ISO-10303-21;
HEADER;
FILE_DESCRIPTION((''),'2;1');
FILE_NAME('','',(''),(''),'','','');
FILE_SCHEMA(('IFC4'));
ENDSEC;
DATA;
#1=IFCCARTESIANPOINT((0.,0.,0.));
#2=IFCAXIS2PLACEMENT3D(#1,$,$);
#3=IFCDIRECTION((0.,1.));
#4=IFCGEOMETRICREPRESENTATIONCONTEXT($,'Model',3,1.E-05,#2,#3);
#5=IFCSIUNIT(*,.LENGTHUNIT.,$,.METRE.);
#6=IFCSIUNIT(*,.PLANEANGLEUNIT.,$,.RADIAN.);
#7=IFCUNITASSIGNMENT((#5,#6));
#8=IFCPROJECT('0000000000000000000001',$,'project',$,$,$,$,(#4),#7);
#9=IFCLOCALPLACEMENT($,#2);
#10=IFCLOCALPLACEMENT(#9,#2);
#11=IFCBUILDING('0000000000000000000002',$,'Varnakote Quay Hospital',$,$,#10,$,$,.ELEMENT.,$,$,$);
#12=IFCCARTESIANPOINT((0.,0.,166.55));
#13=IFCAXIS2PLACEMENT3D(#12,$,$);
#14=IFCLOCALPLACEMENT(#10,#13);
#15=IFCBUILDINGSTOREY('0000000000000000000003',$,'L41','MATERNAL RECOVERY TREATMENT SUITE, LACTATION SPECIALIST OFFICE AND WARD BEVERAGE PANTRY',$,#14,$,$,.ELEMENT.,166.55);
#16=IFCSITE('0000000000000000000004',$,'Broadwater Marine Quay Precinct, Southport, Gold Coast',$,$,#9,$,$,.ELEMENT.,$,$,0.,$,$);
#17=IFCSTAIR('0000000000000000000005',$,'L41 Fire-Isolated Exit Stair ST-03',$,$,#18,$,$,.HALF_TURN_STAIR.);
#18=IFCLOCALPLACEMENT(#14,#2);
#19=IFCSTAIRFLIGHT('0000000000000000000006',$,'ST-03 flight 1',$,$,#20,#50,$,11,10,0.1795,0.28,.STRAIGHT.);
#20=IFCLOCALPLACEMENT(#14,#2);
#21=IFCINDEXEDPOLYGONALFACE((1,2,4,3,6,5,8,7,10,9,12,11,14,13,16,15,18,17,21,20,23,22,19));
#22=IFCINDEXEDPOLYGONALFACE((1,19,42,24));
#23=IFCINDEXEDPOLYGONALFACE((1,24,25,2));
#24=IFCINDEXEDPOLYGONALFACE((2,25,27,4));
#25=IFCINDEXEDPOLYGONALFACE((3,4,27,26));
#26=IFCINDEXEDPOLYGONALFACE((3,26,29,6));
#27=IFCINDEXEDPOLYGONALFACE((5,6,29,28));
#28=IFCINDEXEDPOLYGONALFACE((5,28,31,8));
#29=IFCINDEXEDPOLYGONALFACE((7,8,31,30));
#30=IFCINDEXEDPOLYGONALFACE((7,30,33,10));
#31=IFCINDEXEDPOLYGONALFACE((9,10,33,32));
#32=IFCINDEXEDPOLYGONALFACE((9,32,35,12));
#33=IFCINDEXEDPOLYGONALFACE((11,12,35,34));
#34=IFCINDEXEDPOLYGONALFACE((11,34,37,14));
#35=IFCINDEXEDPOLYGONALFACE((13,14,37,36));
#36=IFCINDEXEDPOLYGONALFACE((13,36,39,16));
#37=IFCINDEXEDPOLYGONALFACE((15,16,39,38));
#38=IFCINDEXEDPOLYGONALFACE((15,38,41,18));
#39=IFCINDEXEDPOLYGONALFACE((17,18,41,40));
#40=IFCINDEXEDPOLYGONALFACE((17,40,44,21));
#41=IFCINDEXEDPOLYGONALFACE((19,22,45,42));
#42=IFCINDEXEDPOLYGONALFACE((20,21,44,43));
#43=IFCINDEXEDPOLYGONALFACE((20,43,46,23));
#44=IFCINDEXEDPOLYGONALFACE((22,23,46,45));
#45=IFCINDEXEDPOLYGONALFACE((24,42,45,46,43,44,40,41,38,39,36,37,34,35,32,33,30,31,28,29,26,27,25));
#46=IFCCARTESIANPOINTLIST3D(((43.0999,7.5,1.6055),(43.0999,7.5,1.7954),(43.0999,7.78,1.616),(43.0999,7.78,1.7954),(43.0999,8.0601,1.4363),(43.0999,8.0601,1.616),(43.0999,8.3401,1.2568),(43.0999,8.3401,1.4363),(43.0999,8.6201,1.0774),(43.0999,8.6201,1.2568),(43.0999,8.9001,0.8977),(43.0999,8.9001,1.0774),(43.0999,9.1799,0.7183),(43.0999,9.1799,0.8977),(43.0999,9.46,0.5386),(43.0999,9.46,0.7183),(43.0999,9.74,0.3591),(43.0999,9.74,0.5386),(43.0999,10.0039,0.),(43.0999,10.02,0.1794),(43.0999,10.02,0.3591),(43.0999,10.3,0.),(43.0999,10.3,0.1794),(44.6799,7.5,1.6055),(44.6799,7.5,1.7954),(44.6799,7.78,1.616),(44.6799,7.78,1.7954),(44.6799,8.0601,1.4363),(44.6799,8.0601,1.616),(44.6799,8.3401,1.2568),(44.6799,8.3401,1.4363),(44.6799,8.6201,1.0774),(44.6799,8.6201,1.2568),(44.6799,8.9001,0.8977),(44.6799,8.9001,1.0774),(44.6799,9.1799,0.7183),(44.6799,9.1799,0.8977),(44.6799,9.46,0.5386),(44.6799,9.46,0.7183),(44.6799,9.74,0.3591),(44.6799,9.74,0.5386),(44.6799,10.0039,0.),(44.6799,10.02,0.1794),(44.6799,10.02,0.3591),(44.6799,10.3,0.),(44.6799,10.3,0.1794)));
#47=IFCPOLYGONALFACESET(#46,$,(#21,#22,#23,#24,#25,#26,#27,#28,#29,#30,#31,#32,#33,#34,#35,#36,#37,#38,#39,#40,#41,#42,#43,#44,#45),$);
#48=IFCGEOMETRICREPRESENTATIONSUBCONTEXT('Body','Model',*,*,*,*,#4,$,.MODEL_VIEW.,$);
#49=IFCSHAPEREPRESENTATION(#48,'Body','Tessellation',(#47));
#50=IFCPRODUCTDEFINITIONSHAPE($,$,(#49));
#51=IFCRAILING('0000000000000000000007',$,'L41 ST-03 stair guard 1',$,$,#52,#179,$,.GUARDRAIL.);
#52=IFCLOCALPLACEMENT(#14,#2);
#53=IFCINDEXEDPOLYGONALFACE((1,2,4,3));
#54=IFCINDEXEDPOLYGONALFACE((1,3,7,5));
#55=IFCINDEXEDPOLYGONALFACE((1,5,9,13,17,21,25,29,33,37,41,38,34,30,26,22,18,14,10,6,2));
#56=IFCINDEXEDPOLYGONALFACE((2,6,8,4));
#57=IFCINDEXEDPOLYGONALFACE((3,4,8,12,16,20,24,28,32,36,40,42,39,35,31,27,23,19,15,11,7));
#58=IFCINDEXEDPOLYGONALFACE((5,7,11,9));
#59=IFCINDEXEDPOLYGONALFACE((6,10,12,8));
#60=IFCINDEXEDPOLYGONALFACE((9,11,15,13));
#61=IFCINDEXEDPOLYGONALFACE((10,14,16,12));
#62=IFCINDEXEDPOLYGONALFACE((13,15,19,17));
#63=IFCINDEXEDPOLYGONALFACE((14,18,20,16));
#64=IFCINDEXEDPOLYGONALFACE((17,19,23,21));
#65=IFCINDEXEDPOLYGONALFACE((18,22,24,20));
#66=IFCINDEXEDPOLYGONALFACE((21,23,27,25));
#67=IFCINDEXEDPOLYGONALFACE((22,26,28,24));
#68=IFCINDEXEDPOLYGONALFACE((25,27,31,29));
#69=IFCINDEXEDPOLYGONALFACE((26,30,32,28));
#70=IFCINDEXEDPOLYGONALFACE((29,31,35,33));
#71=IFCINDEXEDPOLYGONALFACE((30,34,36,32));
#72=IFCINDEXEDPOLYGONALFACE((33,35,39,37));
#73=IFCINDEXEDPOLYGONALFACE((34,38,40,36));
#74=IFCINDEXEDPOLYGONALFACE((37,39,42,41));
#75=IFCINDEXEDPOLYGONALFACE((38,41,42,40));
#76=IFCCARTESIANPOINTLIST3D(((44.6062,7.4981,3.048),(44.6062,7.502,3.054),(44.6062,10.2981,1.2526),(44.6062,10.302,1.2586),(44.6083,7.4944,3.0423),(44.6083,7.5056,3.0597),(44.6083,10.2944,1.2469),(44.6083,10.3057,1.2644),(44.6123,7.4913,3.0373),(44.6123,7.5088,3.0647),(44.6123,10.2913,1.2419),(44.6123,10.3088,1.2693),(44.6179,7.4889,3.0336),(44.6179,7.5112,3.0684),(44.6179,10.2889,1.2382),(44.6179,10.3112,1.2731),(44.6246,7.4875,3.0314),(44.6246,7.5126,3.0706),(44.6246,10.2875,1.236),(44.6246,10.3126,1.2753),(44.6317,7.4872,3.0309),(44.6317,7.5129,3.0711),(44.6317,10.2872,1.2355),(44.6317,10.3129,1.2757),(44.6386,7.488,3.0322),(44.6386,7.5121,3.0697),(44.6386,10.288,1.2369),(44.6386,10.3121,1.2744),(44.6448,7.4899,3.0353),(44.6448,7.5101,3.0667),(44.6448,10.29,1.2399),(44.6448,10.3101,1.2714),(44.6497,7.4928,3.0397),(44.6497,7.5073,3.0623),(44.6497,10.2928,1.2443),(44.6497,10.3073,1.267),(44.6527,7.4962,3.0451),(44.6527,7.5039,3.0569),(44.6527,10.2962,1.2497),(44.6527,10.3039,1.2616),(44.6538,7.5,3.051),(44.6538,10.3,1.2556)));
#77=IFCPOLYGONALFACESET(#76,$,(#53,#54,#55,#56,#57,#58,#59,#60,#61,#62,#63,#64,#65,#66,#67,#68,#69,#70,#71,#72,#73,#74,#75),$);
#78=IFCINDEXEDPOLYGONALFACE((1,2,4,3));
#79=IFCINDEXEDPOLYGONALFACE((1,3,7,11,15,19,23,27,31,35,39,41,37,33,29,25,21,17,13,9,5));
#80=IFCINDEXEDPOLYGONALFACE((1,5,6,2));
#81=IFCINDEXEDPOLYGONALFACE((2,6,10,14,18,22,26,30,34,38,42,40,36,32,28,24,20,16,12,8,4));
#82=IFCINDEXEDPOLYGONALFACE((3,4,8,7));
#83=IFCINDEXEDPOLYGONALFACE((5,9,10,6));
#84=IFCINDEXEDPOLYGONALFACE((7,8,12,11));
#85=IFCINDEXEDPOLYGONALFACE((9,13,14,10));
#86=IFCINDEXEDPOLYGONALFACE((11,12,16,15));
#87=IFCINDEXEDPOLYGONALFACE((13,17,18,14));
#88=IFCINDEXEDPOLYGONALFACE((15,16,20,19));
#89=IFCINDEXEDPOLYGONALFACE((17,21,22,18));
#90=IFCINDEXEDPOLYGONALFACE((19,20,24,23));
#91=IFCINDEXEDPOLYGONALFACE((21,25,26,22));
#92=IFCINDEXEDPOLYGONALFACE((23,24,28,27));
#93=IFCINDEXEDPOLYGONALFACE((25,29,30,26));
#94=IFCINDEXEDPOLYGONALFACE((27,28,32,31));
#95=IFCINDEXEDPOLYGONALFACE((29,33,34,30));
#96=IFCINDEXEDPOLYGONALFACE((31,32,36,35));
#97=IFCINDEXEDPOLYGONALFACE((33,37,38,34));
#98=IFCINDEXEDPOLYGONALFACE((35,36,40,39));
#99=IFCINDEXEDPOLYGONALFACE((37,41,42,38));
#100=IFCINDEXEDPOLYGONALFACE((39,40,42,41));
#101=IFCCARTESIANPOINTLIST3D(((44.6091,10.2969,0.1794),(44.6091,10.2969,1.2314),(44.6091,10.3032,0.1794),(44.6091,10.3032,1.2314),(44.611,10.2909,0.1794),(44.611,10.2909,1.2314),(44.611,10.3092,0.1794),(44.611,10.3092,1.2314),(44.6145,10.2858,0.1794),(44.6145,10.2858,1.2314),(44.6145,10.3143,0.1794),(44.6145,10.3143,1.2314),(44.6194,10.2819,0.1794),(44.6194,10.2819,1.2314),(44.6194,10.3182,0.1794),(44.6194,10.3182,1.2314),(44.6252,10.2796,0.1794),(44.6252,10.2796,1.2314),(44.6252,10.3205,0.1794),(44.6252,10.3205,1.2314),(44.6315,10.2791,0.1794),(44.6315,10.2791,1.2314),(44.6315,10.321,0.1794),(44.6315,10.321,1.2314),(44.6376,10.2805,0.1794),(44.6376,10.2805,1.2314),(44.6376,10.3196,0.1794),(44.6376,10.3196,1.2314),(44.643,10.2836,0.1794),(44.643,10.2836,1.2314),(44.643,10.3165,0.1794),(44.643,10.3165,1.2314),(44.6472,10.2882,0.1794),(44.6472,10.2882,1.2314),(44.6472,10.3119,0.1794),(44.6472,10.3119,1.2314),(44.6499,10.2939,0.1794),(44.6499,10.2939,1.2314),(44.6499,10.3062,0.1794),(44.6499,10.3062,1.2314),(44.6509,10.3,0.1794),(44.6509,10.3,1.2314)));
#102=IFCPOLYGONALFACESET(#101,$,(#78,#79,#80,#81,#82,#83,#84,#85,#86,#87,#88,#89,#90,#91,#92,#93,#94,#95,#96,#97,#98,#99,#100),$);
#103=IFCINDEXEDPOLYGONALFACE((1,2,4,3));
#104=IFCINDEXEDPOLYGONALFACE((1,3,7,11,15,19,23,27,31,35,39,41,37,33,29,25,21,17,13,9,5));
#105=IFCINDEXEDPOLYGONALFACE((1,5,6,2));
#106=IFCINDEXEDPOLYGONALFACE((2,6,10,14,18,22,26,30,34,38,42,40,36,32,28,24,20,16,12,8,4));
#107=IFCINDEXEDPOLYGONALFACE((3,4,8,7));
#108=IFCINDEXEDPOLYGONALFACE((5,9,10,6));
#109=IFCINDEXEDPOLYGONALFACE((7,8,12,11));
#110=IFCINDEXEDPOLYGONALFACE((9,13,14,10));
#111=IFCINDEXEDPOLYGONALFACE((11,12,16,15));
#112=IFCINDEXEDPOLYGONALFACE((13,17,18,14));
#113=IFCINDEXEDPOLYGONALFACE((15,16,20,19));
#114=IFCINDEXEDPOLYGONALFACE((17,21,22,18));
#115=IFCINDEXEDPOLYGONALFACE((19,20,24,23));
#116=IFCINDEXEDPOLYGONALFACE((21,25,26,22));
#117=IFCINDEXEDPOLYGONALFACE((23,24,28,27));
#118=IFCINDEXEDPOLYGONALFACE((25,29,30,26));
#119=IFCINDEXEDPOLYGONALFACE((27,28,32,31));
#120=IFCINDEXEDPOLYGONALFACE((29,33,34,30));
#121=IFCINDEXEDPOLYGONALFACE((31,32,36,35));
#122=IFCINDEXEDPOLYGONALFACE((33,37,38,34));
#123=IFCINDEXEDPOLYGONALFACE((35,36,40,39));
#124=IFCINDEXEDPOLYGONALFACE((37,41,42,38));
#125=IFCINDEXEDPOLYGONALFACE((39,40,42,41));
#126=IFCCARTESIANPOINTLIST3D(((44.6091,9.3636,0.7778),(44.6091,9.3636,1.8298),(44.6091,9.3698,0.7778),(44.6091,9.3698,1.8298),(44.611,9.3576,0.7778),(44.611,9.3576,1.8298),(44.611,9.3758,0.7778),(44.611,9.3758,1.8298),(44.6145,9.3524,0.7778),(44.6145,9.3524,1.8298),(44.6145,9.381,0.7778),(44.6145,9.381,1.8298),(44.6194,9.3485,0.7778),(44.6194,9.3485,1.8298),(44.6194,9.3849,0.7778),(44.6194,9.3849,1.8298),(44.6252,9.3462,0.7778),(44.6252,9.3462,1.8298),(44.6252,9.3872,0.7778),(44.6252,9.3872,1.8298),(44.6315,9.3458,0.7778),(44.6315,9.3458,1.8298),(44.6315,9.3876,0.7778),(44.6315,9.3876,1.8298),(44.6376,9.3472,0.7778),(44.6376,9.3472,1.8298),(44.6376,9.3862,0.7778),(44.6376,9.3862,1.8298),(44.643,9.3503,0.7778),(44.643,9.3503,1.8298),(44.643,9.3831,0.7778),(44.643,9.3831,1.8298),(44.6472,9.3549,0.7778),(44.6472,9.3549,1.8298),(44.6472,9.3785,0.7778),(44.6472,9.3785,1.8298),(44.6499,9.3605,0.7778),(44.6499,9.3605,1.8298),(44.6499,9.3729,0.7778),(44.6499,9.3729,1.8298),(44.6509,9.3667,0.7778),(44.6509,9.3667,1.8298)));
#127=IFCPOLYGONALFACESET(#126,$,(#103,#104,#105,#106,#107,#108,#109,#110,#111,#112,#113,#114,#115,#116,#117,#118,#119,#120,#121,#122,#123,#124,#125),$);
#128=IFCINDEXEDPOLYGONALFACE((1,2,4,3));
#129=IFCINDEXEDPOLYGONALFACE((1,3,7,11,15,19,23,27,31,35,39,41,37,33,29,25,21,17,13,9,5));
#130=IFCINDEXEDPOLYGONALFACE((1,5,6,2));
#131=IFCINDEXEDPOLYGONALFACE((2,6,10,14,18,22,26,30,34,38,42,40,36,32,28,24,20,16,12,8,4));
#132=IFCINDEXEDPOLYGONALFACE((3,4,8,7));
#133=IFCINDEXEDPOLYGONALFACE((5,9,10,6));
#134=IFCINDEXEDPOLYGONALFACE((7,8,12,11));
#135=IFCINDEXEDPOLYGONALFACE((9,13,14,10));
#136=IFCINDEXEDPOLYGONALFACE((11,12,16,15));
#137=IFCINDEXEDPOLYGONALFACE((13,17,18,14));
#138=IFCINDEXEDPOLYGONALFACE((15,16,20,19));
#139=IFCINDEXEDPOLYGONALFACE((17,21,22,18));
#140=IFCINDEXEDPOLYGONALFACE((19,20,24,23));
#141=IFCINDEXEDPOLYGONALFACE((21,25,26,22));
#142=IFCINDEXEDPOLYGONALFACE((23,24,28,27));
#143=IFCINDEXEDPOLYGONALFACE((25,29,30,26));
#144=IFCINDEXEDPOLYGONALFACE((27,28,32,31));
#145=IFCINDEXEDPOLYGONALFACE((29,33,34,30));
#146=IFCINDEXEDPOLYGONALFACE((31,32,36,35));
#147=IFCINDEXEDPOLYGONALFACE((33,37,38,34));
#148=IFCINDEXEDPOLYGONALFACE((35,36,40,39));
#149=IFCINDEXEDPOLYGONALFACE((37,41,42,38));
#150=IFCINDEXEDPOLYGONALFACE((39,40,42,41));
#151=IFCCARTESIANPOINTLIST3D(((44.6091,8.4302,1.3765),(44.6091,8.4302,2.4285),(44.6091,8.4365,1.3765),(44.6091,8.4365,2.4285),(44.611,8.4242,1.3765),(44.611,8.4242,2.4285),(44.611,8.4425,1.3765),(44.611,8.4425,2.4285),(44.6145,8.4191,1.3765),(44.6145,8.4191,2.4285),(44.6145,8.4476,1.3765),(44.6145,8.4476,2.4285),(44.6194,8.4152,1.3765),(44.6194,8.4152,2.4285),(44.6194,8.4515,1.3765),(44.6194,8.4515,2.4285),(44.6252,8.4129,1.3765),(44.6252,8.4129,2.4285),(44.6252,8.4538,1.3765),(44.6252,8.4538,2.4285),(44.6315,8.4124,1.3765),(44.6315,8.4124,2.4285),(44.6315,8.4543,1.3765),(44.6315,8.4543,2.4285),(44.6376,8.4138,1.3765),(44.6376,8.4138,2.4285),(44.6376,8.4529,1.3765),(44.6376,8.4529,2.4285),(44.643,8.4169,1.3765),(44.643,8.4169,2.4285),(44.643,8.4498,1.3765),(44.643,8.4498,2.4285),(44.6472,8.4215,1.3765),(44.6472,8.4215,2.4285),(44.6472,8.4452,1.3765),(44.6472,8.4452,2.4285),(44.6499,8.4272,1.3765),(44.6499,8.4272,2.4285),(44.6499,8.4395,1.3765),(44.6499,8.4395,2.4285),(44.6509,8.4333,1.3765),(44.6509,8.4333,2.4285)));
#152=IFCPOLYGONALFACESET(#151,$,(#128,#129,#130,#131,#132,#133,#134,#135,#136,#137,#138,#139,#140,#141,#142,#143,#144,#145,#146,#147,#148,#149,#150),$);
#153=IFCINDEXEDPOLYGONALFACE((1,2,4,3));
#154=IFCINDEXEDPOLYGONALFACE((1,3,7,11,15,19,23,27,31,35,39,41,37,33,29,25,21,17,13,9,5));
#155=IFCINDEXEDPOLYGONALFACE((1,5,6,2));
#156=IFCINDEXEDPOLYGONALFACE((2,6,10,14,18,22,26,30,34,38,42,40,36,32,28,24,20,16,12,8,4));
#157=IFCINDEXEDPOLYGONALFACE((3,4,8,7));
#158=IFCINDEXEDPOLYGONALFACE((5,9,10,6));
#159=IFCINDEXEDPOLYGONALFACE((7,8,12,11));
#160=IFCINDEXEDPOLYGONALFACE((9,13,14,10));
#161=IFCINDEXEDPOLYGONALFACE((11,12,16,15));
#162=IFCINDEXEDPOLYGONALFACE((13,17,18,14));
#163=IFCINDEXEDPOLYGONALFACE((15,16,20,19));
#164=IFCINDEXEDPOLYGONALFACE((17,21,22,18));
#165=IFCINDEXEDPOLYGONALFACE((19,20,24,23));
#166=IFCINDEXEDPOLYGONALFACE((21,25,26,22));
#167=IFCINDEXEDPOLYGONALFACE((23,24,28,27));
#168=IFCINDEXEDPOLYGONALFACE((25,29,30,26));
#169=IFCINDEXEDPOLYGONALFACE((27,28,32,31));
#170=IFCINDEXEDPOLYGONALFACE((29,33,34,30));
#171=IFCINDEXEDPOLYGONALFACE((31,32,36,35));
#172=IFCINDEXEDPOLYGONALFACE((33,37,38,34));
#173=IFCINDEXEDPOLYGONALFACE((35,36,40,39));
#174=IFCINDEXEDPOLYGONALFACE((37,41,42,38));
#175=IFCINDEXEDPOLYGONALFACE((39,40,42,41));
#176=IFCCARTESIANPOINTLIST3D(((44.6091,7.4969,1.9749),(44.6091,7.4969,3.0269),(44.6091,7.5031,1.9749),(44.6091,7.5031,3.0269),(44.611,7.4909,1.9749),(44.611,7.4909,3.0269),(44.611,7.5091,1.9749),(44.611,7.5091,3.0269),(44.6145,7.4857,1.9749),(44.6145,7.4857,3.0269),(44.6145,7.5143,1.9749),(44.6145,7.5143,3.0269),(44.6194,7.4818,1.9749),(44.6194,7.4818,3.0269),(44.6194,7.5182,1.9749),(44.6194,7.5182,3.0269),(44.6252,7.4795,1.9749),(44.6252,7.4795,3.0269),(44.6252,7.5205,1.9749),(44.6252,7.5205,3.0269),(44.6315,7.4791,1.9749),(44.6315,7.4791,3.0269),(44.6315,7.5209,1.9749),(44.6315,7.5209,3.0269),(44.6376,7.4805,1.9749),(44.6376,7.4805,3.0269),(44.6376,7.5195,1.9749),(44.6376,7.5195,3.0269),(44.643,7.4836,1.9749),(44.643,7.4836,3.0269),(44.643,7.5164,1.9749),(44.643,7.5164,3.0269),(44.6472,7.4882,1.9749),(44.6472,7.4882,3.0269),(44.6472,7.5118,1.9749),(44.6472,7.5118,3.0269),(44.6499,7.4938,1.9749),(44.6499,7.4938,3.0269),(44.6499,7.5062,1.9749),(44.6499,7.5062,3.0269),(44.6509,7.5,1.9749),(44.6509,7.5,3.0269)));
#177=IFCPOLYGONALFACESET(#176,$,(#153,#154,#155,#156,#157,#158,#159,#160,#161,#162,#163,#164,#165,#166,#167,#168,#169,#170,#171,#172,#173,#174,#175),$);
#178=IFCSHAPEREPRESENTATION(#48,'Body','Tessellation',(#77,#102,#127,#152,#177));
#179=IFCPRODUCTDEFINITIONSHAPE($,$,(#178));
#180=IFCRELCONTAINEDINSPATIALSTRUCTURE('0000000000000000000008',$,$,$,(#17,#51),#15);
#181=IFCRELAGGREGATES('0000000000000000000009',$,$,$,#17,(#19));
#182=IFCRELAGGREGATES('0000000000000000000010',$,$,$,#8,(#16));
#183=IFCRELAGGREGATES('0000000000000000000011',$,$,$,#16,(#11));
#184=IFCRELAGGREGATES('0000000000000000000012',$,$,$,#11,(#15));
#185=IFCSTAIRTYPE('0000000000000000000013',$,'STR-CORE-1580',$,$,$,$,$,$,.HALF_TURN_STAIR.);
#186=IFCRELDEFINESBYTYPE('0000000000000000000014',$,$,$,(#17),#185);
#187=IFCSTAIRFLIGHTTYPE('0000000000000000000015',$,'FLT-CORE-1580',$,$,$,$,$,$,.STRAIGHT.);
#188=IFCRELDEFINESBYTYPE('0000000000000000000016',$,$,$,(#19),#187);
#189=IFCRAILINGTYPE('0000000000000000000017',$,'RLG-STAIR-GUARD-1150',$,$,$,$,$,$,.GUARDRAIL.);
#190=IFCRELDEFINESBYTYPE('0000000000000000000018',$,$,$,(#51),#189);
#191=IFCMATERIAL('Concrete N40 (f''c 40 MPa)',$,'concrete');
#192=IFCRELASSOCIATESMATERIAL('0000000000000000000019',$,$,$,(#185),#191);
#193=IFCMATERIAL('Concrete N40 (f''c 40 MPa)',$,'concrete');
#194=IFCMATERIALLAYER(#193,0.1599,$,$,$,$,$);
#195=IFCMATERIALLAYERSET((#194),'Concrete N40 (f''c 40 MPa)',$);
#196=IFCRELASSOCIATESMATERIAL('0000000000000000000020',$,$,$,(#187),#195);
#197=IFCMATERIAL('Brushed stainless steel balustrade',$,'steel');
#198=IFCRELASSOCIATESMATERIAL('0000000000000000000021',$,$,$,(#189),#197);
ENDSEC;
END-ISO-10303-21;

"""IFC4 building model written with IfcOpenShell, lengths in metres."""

from ifc_helpers import new_model, si_unit, direction, frame, origin, origin_2d, place, context, subcontext, project, spatial, polyline, circle, outline, extrude, material, layer, layer_set, type_object, element, aggregate, save


model = new_model("IFC4")

# Units and contexts
model_context = context("Model", 3, precision=1e-05, world=origin(), true_north=direction((0.0, 1.0)))
body_context = subcontext(model_context, "Body", "Model", "MODEL_VIEW")
ifc_project = project(units=[si_unit("LENGTHUNIT", "METRE"), si_unit("PLANEANGLEUNIT", "RADIAN")], contexts=[model_context])

# Site, building, storey
site_placement = place(None, origin())
site = spatial("IfcSite", under=ifc_project, at=site_placement, Name="Broadwater Marine Quay Precinct, Southport, Gold Coast", CompositionType="ELEMENT", RefElevation=0.0)
building_placement = place(site_placement, origin())
building = spatial("IfcBuilding", under=site, at=building_placement, Name="Varnakote Quay Hospital", CompositionType="ELEMENT")
storey_placement = place(building_placement, frame((0.0, 0.0, 166.55)))
storey = spatial("IfcBuildingStorey", under=building, at=storey_placement, Name="L41", Description="MATERNAL RECOVERY TREATMENT SUITE, LACTATION SPECIALIST OFFICE AND WARD BEVERAGE PANTRY", CompositionType="ELEMENT", Elevation=166.55)

# Stair, stair flight
ifc_material_1 = material(Name="Concrete N40 (f'c 40 MPa)", Category="concrete")
stair_type = type_object("IfcStairType", Name="STR-CORE-1580", PredefinedType="HALF_TURN_STAIR", material=ifc_material_1)
stair_placement = place(storey_placement, origin())
stair = element("IfcStair", 1, at=stair_placement, inside=storey, type_object=stair_type, Name="L41 Fire-Isolated Exit Stair ST-03", PredefinedType="HALF_TURN_STAIR")
ifc_material_2 = material(Name="Concrete N40 (f'c 40 MPa)", Category="concrete")
ifc_layer_1 = layer(ifc_material_2, 0.1599)
ifc_layer_set_1 = layer_set([ifc_layer_1], Name="Concrete N40 (f'c 40 MPa)")
stair_flight_type = type_object("IfcStairFlightType", Name="FLT-CORE-1580", PredefinedType="STRAIGHT", material=ifc_layer_set_1)
stair_flight_placement = place(storey_placement, frame((43.8899, 10.3, 0.0), z_axis=(0.0, 0.0, 1.0), x_axis=(0.0, -1.0, 0.0)))
stair_flight = element("IfcStairFlight", 2, at=stair_flight_placement, type_object=stair_flight_type, Name="ST-03 flight 1", NumberOfRisers=11, NumberOfTreads=10, PredefinedType="STRAIGHT", RiserHeight=0.1795, TreadLength=0.28, context=body_context, shape_type="SweptSolid", body=[
    extrude(outline(polyline([(0.0, 0.0), (0.0, 0.1794), (0.28, 0.1794), (0.28, 0.3591), (0.5601, 0.3591), (0.5601, 0.5386), (0.8401, 0.5386), (0.8401, 0.7183), (1.1201, 0.7183), (1.1201, 0.8977), (1.3999, 0.8977), (1.3999, 1.0774), (1.6799, 1.0774), (1.6799, 1.2568), (1.96, 1.2568), (1.96, 1.4363), (2.24, 1.4363), (2.24, 1.616), (2.52, 1.616), (2.52, 1.7954), (2.8, 1.7954), (2.8, 1.9751), (2.8, 1.6055), (0.2961, 0.0), (0.0, 0.0)])), frame((0.0, 0.79, 0.0), z_axis=(0.0, -1.0, 0.0), x_axis=(1.0, 0.0, 0.0)), (0.0, 0.0, 1.0), 1.5801),
])
aggregate(stair, [stair_flight])

# Railing
ifc_material_3 = material(Name="Brushed stainless steel balustrade", Category="steel")
railing_type_1 = type_object("IfcRailingType", Name="RLG-STAIR-GUARD-1150", PredefinedType="GUARDRAIL", material=ifc_material_3)
railing_1_placement = place(storey_placement, frame((44.6299, 10.3, 0.1794)))
element("IfcRailing", 3, at=railing_1_placement, inside=storey, type_object=railing_type_1, Name="L41 ST-03 stair guard 1", PredefinedType="GUARDRAIL", context=body_context, shape_type="SweptSolid", body=[
    extrude(circle(Radius=0.0239, at=origin_2d()), frame((0.0, 0.0, 1.0762), z_axis=(0.0, -0.84181, 0.539774), x_axis=(1.0, 0.0, 0.0)), (0.0, 0.0, 1.0), 3.3262),
    extrude(circle(Radius=0.021, at=origin_2d()), origin(), (0.0, 0.0, 1.0), 1.052),
    extrude(circle(Radius=0.021, at=origin_2d()), frame((0.0, -0.9333, 0.5984)), (0.0, 0.0, 1.0), 1.052),
    extrude(circle(Radius=0.021, at=origin_2d()), frame((0.0, -1.8667, 1.197)), (0.0, 0.0, 1.0), 1.052),
    extrude(circle(Radius=0.021, at=origin_2d()), frame((0.0, -2.8, 1.7954)), (0.0, 0.0, 1.0), 1.052),
])

save(model, "model.ifc")
